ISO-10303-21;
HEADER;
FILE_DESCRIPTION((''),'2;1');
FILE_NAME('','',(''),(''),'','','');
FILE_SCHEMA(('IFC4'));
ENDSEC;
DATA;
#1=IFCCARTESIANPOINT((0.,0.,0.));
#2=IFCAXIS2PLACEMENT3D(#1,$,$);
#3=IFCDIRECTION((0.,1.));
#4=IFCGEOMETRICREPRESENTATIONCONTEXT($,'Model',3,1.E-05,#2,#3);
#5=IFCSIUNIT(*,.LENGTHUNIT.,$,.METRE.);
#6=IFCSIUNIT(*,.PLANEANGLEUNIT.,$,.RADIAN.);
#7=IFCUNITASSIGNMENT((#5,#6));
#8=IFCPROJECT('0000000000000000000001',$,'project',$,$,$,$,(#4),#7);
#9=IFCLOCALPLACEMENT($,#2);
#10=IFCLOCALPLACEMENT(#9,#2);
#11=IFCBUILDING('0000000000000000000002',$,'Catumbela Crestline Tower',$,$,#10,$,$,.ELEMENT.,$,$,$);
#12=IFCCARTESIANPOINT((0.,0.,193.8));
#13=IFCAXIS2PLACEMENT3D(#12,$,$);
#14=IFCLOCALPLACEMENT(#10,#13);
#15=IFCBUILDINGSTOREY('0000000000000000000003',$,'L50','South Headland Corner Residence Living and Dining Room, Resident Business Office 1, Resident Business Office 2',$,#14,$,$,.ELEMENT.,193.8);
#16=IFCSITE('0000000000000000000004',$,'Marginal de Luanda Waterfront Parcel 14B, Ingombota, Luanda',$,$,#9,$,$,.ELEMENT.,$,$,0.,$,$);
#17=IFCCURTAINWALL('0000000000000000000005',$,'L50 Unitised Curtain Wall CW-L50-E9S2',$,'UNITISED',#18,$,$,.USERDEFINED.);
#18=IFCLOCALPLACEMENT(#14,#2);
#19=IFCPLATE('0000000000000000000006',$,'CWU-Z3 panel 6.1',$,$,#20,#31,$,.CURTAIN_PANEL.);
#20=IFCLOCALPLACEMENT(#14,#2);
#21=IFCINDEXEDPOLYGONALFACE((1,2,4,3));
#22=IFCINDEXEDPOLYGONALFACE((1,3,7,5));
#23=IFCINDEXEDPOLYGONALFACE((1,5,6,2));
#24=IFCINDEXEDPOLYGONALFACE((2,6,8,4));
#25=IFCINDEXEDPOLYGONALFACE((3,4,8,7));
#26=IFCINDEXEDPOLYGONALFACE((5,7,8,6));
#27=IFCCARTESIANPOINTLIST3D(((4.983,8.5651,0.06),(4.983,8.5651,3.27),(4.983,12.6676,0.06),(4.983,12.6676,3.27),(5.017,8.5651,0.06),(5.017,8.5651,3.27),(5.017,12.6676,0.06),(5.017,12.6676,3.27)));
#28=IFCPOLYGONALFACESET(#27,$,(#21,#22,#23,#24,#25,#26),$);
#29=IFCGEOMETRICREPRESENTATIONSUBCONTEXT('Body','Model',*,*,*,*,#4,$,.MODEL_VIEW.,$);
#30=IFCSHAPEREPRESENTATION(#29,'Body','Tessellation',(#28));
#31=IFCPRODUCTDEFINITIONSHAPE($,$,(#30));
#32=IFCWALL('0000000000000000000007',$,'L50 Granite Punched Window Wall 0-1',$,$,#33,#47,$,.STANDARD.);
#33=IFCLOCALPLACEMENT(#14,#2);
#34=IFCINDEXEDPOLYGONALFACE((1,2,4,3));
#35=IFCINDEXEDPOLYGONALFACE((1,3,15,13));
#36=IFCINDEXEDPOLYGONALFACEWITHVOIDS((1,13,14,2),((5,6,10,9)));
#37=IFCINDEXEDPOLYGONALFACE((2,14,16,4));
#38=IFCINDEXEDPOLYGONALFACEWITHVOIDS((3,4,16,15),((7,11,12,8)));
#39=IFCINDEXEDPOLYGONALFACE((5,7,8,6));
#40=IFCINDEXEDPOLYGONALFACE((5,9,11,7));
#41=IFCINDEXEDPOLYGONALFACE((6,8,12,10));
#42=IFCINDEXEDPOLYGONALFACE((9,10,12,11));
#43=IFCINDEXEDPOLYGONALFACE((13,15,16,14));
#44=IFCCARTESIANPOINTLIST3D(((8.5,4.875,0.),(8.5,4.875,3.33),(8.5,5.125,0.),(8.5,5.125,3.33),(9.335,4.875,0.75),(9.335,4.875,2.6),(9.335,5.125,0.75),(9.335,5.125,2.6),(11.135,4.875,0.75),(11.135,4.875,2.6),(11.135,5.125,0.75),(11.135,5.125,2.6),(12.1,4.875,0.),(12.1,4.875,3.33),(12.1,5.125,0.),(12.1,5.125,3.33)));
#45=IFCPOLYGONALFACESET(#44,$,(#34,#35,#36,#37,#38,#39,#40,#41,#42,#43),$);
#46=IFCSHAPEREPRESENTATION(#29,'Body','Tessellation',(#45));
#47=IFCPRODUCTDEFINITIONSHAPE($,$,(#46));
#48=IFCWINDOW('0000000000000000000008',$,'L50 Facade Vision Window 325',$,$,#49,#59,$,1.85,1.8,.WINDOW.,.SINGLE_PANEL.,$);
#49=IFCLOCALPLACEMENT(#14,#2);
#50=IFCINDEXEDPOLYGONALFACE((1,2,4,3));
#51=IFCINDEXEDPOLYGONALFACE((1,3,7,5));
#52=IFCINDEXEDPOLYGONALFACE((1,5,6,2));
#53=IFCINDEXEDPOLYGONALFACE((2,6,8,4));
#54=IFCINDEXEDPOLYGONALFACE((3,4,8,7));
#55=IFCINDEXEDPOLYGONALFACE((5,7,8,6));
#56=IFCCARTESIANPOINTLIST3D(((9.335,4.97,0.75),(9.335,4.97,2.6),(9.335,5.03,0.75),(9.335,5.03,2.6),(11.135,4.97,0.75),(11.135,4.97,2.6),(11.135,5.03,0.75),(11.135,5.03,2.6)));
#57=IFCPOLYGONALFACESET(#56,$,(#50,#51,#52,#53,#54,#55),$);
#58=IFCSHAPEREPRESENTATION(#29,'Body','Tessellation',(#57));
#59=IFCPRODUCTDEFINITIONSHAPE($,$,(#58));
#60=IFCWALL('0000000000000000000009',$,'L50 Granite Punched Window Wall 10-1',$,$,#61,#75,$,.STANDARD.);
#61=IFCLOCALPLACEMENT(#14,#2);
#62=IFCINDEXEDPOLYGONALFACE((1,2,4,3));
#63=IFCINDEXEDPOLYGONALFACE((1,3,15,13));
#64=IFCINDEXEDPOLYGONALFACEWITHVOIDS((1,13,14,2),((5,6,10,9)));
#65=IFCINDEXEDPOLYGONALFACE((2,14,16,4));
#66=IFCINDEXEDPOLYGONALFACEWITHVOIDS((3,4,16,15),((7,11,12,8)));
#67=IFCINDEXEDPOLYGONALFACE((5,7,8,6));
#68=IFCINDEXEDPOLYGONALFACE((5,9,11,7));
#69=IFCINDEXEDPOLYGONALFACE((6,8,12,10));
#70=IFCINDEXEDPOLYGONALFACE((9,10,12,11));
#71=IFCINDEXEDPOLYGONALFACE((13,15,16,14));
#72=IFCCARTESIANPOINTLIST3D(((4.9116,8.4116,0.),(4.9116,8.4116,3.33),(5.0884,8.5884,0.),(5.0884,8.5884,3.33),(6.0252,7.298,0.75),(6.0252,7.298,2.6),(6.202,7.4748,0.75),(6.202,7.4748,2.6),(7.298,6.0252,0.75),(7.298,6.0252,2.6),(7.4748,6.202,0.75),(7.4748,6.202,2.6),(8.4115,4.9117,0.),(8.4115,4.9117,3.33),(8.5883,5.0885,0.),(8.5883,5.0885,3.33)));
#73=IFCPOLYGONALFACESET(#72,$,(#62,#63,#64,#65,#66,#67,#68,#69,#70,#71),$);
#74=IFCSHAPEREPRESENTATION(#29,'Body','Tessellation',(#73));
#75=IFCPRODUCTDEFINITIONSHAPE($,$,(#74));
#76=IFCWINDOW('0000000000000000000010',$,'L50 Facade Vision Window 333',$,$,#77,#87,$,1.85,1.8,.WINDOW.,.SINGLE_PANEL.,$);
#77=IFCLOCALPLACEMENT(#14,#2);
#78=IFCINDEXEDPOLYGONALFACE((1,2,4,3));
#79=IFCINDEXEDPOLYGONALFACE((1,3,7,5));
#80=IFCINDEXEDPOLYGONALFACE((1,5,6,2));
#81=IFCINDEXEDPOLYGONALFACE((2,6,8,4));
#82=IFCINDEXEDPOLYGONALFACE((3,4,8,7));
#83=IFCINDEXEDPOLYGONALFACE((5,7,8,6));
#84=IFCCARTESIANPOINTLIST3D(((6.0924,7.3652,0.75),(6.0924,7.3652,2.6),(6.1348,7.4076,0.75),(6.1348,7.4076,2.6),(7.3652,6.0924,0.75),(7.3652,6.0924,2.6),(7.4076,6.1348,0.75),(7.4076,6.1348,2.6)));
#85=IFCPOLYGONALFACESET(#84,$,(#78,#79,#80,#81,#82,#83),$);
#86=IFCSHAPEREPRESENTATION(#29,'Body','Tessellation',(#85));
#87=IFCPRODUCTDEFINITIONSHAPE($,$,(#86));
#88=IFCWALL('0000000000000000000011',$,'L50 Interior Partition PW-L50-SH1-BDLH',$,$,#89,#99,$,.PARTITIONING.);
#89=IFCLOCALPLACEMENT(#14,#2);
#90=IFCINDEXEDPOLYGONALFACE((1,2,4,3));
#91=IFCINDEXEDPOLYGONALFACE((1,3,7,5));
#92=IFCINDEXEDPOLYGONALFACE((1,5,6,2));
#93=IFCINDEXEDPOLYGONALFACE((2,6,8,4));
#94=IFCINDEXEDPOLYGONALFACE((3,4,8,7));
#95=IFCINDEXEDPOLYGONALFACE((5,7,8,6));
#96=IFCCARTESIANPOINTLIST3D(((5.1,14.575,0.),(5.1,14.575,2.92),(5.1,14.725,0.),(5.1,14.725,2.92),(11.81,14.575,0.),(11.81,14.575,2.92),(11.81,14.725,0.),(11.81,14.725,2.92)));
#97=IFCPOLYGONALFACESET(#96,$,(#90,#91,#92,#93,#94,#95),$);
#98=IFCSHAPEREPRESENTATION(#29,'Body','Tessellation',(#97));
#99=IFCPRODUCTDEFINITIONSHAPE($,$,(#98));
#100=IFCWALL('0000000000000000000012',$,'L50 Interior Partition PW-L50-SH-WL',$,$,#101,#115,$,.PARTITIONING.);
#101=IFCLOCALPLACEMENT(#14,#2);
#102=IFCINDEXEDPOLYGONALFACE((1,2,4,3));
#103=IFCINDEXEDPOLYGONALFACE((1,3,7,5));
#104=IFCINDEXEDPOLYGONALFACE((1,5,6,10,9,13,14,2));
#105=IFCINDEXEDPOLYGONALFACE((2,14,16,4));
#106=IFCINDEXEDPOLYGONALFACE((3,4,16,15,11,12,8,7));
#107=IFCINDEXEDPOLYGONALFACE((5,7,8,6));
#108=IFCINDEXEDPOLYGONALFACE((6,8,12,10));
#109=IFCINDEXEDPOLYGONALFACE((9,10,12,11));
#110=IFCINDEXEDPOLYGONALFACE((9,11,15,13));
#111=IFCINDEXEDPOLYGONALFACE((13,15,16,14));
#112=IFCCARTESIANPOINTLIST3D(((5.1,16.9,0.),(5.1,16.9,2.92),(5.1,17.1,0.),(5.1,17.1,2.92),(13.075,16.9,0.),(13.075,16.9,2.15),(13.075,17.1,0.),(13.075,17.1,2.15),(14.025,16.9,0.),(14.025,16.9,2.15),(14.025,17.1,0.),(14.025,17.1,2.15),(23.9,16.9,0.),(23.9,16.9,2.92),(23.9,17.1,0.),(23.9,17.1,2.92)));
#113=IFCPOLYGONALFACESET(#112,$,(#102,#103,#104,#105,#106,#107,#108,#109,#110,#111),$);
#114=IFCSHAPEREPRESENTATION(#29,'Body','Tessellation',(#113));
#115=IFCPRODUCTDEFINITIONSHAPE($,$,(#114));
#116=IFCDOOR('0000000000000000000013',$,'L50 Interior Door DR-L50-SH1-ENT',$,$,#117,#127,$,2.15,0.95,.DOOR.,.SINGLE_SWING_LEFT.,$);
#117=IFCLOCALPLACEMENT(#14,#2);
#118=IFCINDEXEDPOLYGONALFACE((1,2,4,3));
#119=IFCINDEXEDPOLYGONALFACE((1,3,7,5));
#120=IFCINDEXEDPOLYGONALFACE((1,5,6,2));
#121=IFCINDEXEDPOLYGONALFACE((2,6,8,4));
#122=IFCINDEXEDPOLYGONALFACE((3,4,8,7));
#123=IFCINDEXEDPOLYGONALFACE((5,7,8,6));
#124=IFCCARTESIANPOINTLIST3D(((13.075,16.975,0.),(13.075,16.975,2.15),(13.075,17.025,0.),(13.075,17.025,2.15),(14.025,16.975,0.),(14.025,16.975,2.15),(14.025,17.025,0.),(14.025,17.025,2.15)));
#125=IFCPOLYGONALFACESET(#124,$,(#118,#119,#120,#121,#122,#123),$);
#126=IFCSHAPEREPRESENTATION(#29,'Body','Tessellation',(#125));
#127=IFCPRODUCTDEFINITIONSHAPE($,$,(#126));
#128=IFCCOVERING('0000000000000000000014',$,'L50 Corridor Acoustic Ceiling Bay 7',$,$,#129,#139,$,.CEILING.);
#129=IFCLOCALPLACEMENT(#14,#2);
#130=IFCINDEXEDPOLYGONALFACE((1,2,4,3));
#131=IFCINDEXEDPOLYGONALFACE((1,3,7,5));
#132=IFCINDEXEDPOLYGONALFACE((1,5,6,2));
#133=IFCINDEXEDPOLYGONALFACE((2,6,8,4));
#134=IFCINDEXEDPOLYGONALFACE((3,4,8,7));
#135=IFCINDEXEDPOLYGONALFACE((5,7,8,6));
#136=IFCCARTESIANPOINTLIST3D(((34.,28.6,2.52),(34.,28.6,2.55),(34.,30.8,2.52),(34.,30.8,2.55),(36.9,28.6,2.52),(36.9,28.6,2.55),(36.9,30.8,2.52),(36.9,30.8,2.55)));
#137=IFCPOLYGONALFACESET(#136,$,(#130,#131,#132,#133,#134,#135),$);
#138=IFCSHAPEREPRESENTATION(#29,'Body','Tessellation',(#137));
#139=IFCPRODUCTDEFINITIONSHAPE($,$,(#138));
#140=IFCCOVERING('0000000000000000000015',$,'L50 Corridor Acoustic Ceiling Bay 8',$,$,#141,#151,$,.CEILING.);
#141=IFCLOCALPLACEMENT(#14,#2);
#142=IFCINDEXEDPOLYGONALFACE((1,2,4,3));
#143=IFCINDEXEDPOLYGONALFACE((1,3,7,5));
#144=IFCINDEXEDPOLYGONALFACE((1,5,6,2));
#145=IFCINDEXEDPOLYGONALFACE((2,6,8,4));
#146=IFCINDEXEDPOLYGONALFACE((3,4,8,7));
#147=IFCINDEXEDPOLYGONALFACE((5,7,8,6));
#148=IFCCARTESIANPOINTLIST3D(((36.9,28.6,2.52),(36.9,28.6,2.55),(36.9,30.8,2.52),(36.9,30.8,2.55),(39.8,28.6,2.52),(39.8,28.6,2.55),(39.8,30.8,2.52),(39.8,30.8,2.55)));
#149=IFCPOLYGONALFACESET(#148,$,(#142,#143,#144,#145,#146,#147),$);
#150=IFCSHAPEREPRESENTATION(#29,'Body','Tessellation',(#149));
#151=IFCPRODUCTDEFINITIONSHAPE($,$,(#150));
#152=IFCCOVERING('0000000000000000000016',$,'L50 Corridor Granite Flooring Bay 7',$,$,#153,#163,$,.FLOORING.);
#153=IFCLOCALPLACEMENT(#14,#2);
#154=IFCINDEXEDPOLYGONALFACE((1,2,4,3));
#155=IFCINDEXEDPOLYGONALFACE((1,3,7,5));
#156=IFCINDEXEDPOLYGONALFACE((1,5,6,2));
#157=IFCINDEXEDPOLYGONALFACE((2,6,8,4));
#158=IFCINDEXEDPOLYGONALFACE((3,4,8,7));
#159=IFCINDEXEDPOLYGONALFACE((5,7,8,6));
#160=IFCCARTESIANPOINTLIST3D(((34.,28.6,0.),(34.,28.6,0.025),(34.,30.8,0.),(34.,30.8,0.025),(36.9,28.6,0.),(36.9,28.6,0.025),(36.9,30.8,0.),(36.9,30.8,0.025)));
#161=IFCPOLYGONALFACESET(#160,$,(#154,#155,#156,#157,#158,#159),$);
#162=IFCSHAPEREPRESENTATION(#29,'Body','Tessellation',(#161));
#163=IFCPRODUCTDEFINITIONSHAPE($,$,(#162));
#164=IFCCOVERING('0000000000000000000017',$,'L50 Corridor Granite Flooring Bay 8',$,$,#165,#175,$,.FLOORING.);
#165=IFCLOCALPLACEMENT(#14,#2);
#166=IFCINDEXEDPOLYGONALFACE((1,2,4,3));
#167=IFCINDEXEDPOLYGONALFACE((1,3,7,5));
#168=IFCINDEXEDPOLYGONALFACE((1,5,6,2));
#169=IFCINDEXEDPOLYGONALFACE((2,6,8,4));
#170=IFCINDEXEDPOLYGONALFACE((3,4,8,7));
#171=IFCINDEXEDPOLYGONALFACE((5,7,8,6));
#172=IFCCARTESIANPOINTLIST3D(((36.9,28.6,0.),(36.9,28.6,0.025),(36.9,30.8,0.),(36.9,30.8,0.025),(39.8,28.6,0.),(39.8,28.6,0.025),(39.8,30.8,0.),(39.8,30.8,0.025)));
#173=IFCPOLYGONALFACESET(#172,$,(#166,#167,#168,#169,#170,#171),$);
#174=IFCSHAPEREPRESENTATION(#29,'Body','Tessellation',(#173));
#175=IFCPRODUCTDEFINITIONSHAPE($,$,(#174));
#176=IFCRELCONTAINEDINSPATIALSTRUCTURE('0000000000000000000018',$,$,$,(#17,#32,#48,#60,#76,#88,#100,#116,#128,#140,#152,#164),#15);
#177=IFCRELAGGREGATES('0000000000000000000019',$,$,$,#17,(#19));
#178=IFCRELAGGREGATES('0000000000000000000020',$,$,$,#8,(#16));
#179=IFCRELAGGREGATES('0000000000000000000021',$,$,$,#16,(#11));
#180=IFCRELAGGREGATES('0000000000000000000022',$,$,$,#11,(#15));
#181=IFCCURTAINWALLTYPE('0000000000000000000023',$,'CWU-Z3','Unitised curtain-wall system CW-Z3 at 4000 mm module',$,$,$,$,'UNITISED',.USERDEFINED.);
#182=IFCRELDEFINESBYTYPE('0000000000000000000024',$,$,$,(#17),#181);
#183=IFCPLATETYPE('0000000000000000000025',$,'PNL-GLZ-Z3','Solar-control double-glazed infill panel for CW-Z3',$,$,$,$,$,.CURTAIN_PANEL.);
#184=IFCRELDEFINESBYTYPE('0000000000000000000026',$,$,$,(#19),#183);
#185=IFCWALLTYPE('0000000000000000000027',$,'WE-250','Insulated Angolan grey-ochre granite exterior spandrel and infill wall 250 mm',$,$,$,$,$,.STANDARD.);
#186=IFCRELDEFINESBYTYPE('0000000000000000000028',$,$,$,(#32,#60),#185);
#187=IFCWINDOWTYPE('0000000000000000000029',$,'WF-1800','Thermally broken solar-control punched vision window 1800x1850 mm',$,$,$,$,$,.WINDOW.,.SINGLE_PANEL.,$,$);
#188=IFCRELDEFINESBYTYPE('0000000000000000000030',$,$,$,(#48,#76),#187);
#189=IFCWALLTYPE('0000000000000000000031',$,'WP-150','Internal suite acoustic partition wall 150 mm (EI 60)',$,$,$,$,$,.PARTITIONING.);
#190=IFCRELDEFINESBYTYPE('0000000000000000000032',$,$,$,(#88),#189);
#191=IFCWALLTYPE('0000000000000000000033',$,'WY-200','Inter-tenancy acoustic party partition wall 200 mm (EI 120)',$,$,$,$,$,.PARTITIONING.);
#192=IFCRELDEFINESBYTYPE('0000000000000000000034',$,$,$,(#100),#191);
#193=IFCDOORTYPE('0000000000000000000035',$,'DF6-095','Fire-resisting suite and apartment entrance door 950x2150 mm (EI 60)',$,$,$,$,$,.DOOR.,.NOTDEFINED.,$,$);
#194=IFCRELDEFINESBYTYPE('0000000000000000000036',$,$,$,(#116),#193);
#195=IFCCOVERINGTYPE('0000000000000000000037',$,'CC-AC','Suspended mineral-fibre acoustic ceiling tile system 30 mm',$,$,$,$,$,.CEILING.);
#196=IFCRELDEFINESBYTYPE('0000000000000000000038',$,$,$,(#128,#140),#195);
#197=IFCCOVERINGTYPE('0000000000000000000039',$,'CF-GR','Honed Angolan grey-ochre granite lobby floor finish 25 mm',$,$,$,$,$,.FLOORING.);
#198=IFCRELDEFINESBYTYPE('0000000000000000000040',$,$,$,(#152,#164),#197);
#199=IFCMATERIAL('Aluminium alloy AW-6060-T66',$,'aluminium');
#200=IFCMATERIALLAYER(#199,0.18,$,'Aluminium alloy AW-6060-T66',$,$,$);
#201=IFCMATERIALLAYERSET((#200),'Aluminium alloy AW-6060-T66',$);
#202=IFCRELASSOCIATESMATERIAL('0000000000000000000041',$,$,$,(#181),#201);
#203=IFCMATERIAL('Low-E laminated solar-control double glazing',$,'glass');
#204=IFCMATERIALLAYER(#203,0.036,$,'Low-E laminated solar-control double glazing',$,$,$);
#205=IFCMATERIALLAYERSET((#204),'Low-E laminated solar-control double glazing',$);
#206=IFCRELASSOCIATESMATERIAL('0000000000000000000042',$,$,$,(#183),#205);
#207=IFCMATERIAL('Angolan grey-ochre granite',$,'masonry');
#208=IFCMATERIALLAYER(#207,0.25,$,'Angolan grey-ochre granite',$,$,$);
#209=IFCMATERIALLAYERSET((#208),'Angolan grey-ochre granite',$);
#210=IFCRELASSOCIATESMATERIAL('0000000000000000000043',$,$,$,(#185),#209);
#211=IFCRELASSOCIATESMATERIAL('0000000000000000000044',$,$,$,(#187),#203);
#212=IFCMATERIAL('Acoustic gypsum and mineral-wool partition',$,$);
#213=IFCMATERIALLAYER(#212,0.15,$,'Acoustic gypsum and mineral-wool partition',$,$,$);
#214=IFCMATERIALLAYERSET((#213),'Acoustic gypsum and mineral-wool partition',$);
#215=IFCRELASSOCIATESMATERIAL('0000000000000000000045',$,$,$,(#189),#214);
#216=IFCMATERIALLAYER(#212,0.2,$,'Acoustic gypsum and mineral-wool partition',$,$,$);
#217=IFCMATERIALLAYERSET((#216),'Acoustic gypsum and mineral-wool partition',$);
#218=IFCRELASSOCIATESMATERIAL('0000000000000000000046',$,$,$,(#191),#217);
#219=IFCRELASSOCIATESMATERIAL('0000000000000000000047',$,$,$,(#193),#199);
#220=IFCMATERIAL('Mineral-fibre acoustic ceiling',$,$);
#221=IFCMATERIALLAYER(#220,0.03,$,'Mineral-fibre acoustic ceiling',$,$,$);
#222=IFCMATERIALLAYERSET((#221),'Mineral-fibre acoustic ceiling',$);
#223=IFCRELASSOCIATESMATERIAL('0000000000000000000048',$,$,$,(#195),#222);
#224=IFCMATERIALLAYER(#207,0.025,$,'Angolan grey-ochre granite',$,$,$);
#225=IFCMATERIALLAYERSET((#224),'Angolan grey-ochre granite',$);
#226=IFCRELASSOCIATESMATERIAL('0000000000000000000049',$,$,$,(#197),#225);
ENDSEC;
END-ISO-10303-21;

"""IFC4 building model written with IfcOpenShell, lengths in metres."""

from ifc_helpers import new_model, si_unit, direction, frame, frame_2d, origin, origin_2d, place, context, subcontext, project, spatial, polyline, rectangle, outline, extrude, material, layer, layer_set, type_object, element, fill, aggregate, save


model = new_model("IFC4")

# Units and contexts
model_context = context("Model", 3, precision=1e-05, world=origin(), true_north=direction((0.0, 1.0)))
body_context = subcontext(model_context, "Body", "Model", "MODEL_VIEW")
ifc_project = project(units=[si_unit("LENGTHUNIT", "METRE"), si_unit("PLANEANGLEUNIT", "RADIAN")], contexts=[model_context])

# Site, building, storey
site_placement = place(None, origin())
site = spatial("IfcSite", under=ifc_project, at=site_placement, Name="Marginal de Luanda Waterfront Parcel 14B, Ingombota, Luanda", CompositionType="ELEMENT", RefElevation=0.0)
building_placement = place(site_placement, origin())
building = spatial("IfcBuilding", under=site, at=building_placement, Name="Catumbela Crestline Tower", CompositionType="ELEMENT")
storey_placement = place(building_placement, frame((0.0, 0.0, 193.8)))
storey = spatial("IfcBuildingStorey", under=building, at=storey_placement, Name="L50", Description="South Headland Corner Residence Living and Dining Room, Resident Business Office 1, Resident Business Office 2", CompositionType="ELEMENT", Elevation=193.8)

# Curtain wall, plate
ifc_material_1 = material(Name="Aluminium alloy AW-6060-T66", Category="aluminium")
ifc_layer_1 = layer(ifc_material_1, 0.18, Name="Aluminium alloy AW-6060-T66")
ifc_layer_set_1 = layer_set([ifc_layer_1], Name="Aluminium alloy AW-6060-T66")
curtain_wall_type = type_object("IfcCurtainWallType", Name="CWU-Z3", Description="Unitised curtain-wall system CW-Z3 at 4000 mm module", ElementType="UNITISED", PredefinedType="USERDEFINED", material=ifc_layer_set_1)
curtain_wall_placement = place(storey_placement, origin())
curtain_wall = element("IfcCurtainWall", 1, at=curtain_wall_placement, inside=storey, type_object=curtain_wall_type, Name="L50 Unitised Curtain Wall CW-L50-E9S2", ObjectType="UNITISED", PredefinedType="USERDEFINED")
ifc_material_2 = material(Name="Low-E laminated solar-control double glazing", Category="glass")
ifc_layer_2 = layer(ifc_material_2, 0.036, Name="Low-E laminated solar-control double glazing")
ifc_layer_set_2 = layer_set([ifc_layer_2], Name="Low-E laminated solar-control double glazing")
plate_type = type_object("IfcPlateType", Name="PNL-GLZ-Z3", Description="Solar-control double-glazed infill panel for CW-Z3", PredefinedType="CURTAIN_PANEL", material=ifc_layer_set_2)
plate_1_placement = place(storey_placement, frame((5.0, 10.6163, 0.06), z_axis=(0.0, 0.0, 1.0), x_axis=(0.0, -1.0, 0.0)))
plate_1 = element("IfcPlate", 2, at=plate_1_placement, type_object=plate_type, Name="CWU-Z3 panel 6.1", PredefinedType="CURTAIN_PANEL", context=body_context, shape_type="SweptSolid", body=[
    extrude(rectangle(XDim=4.1025, YDim=0.034, at=origin_2d()), origin(), (0.0, 0.0, 1.0), 3.21),
])
aggregate(curtain_wall, [plate_1])

# Walls, openings, windows
ifc_material_3 = material(Name="Angolan grey-ochre granite", Category="masonry")
ifc_layer_3 = layer(ifc_material_3, 0.25, Name="Angolan grey-ochre granite")
ifc_layer_set_3 = layer_set([ifc_layer_3], Name="Angolan grey-ochre granite")
wall_type_1 = type_object("IfcWallType", Name="WE-250", Description="Insulated Angolan grey-ochre granite exterior spandrel and infill wall 250 mm", PredefinedType="STANDARD", material=ifc_layer_set_3)
wall_1_placement = place(storey_placement, frame((8.5, 5.0, 0.0), z_axis=(0.0, 0.0, 1.0), x_axis=(1.0, 0.0, 0.0)))
wall_1 = element("IfcWall", 3, at=wall_1_placement, inside=storey, type_object=wall_type_1, Name="L50 Granite Punched Window Wall 0-1", PredefinedType="STANDARD", context=body_context, shape_type="SweptSolid", body=[
    extrude(rectangle(XDim=3.6, YDim=0.25, at=frame_2d((1.8, 0.0))), origin(), (0.0, 0.0, 1.0), 3.33),
])
opening_1_placement = place(wall_1_placement, frame((0.835, 0.0, 0.75)))
opening_1 = element("IfcOpeningElement", 4, at=opening_1_placement, cuts=wall_1, PredefinedType="OPENING", context=body_context, shape_type="SweptSolid", body=[
    extrude(rectangle(XDim=1.8, YDim=1.85, at=frame_2d((0.9, 0.925))), frame((0.0, 0.135, 0.0), z_axis=(0.0, -1.0, 0.0), x_axis=(1.0, 0.0, 0.0)), (0.0, 0.0, 1.0), 0.27),
])
window_type = type_object("IfcWindowType", Name="WF-1800", Description="Thermally broken solar-control punched vision window 1800x1850 mm", PartitioningType="SINGLE_PANEL", PredefinedType="WINDOW", material=ifc_material_2)
window_1_placement = place(opening_1_placement, origin())
window_1 = element("IfcWindow", 5, at=window_1_placement, inside=storey, type_object=window_type, Name="L50 Facade Vision Window 325", OverallHeight=1.85, OverallWidth=1.8, PartitioningType="SINGLE_PANEL", PredefinedType="WINDOW", context=body_context, shape_type="SweptSolid", body=[
    extrude(rectangle(XDim=1.8, YDim=1.85, at=frame_2d((0.9, 0.925))), frame((0.0, 0.03, 0.0), z_axis=(0.0, -1.0, 0.0), x_axis=(1.0, 0.0, 0.0)), (0.0, 0.0, 1.0), 0.06),
])
fill(opening_1, window_1)
wall_2_placement = place(storey_placement, frame((5.0, 8.5, 0.0), z_axis=(0.0, 0.0, 1.0), x_axis=(0.707107, -0.707107, 0.0)))
wall_2 = element("IfcWall", 6, at=wall_2_placement, inside=storey, type_object=wall_type_1, Name="L50 Granite Punched Window Wall 10-1", PredefinedType="STANDARD", context=body_context, shape_type="SweptSolid", body=[
    extrude(rectangle(XDim=4.9497, YDim=0.25, at=frame_2d((2.4748, 0.0))), origin(), (0.0, 0.0, 1.0), 3.33),
])
opening_2_placement = place(wall_2_placement, frame((1.5749, 0.0, 0.75)))
opening_2 = element("IfcOpeningElement", 7, at=opening_2_placement, cuts=wall_2, PredefinedType="OPENING", context=body_context, shape_type="SweptSolid", body=[
    extrude(rectangle(XDim=1.8, YDim=1.85, at=frame_2d((0.9, 0.925))), frame((0.0, 0.135, 0.0), z_axis=(0.0, -1.0, 0.0), x_axis=(1.0, 0.0, 0.0)), (0.0, 0.0, 1.0), 0.27),
])
window_2_placement = place(opening_2_placement, origin())
window_2 = element("IfcWindow", 8, at=window_2_placement, inside=storey, type_object=window_type, Name="L50 Facade Vision Window 333", OverallHeight=1.85, OverallWidth=1.8, PartitioningType="SINGLE_PANEL", PredefinedType="WINDOW", context=body_context, shape_type="SweptSolid", body=[
    extrude(rectangle(XDim=1.8, YDim=1.85, at=frame_2d((0.9, 0.925))), frame((0.0, 0.03, 0.0), z_axis=(0.0, -1.0, 0.0), x_axis=(1.0, 0.0, 0.0)), (0.0, 0.0, 1.0), 0.06),
])
fill(opening_2, window_2)

# Wall
ifc_material_4 = material(Name="Acoustic gypsum and mineral-wool partition")
ifc_layer_4 = layer(ifc_material_4, 0.15, Name="Acoustic gypsum and mineral-wool partition")
ifc_layer_set_4 = layer_set([ifc_layer_4], Name="Acoustic gypsum and mineral-wool partition")
wall_type_2 = type_object("IfcWallType", Name="WP-150", Description="Internal suite acoustic partition wall 150 mm (EI 60)", PredefinedType="PARTITIONING", material=ifc_layer_set_4)
wall_3_placement = place(storey_placement, frame((5.1, 14.65, 0.0), z_axis=(0.0, 0.0, 1.0), x_axis=(1.0, 0.0, 0.0)))
element("IfcWall", 9, at=wall_3_placement, inside=storey, type_object=wall_type_2, Name="L50 Interior Partition PW-L50-SH1-BDLH", PredefinedType="PARTITIONING", context=body_context, shape_type="SweptSolid", body=[
    extrude(rectangle(XDim=6.71, YDim=0.15, at=frame_2d((3.355, 0.0))), origin(), (0.0, 0.0, 1.0), 2.92),
])

# Wall, opening, door
ifc_layer_5 = layer(ifc_material_4, 0.2, Name="Acoustic gypsum and mineral-wool partition")
ifc_layer_set_5 = layer_set([ifc_layer_5], Name="Acoustic gypsum and mineral-wool partition")
wall_type_3 = type_object("IfcWallType", Name="WY-200", Description="Inter-tenancy acoustic party partition wall 200 mm (EI 120)", PredefinedType="PARTITIONING", material=ifc_layer_set_5)
wall_4_placement = place(storey_placement, frame((5.1, 17.0, 0.0), z_axis=(0.0, 0.0, 1.0), x_axis=(1.0, 0.0, 0.0)))
wall_4 = element("IfcWall", 10, at=wall_4_placement, inside=storey, type_object=wall_type_3, Name="L50 Interior Partition PW-L50-SH-WL", PredefinedType="PARTITIONING", context=body_context, shape_type="SweptSolid", body=[
    extrude(rectangle(XDim=18.8, YDim=0.2, at=frame_2d((9.4, 0.0))), origin(), (0.0, 0.0, 1.0), 2.92),
])
opening_3_placement = place(wall_4_placement, frame((7.975, 0.0, 0.0)))
opening_3 = element("IfcOpeningElement", 11, at=opening_3_placement, cuts=wall_4, PredefinedType="OPENING", context=body_context, shape_type="SweptSolid", body=[
    extrude(rectangle(XDim=0.95, YDim=2.15, at=frame_2d((0.475, 1.075))), frame((0.0, 0.11, 0.0), z_axis=(0.0, -1.0, 0.0), x_axis=(1.0, 0.0, 0.0)), (0.0, 0.0, 1.0), 0.22),
])
door_type = type_object("IfcDoorType", Name="DF6-095", Description="Fire-resisting suite and apartment entrance door 950x2150 mm (EI 60)", OperationType="NOTDEFINED", PredefinedType="DOOR", material=ifc_material_1)
door_placement = place(opening_3_placement, origin())
door = element("IfcDoor", 12, at=door_placement, inside=storey, type_object=door_type, Name="L50 Interior Door DR-L50-SH1-ENT", OperationType="SINGLE_SWING_LEFT", OverallHeight=2.15, OverallWidth=0.95, PredefinedType="DOOR", context=body_context, shape_type="SweptSolid", body=[
    extrude(rectangle(XDim=0.95, YDim=2.15, at=frame_2d((0.475, 1.075))), frame((0.0, 0.025, 0.0), z_axis=(0.0, -1.0, 0.0), x_axis=(1.0, 0.0, 0.0)), (0.0, 0.0, 1.0), 0.05),
])
fill(opening_3, door)

# Coverings
ifc_material_5 = material(Name="Mineral-fibre acoustic ceiling")
ifc_layer_6 = layer(ifc_material_5, 0.03, Name="Mineral-fibre acoustic ceiling")
ifc_layer_set_6 = layer_set([ifc_layer_6], Name="Mineral-fibre acoustic ceiling")
covering_type_1 = type_object("IfcCoveringType", Name="CC-AC", Description="Suspended mineral-fibre acoustic ceiling tile system 30 mm", PredefinedType="CEILING", material=ifc_layer_set_6)
covering_1_placement = place(storey_placement, frame((0.0, 0.0, 2.52)))
element("IfcCovering", 13, at=covering_1_placement, inside=storey, type_object=covering_type_1, Name="L50 Corridor Acoustic Ceiling Bay 7", PredefinedType="CEILING", context=body_context, shape_type="SweptSolid", body=[
    extrude(outline(polyline([(34.0, 28.6), (36.9, 28.6), (36.9, 30.8), (34.0, 30.8), (34.0, 28.6)])), origin(), (0.0, 0.0, 1.0), 0.03),
])
covering_2_placement = place(storey_placement, frame((0.0, 0.0, 2.52)))
element("IfcCovering", 14, at=covering_2_placement, inside=storey, type_object=covering_type_1, Name="L50 Corridor Acoustic Ceiling Bay 8", PredefinedType="CEILING", context=body_context, shape_type="SweptSolid", body=[
    extrude(outline(polyline([(36.9, 28.6), (39.8, 28.6), (39.8, 30.8), (36.9, 30.8), (36.9, 28.6)])), origin(), (0.0, 0.0, 1.0), 0.03),
])
ifc_layer_7 = layer(ifc_material_3, 0.025, Name="Angolan grey-ochre granite")
ifc_layer_set_7 = layer_set([ifc_layer_7], Name="Angolan grey-ochre granite")
covering_type_2 = type_object("IfcCoveringType", Name="CF-GR", Description="Honed Angolan grey-ochre granite lobby floor finish 25 mm", PredefinedType="FLOORING", material=ifc_layer_set_7)
covering_3_placement = place(storey_placement, origin())
element("IfcCovering", 15, at=covering_3_placement, inside=storey, type_object=covering_type_2, Name="L50 Corridor Granite Flooring Bay 7", PredefinedType="FLOORING", context=body_context, shape_type="SweptSolid", body=[
    extrude(outline(polyline([(34.0, 28.6), (36.9, 28.6), (36.9, 30.8), (34.0, 30.8), (34.0, 28.6)])), origin(), (0.0, 0.0, 1.0), 0.025),
])
covering_4_placement = place(storey_placement, origin())
element("IfcCovering", 16, at=covering_4_placement, inside=storey, type_object=covering_type_2, Name="L50 Corridor Granite Flooring Bay 8", PredefinedType="FLOORING", context=body_context, shape_type="SweptSolid", body=[
    extrude(outline(polyline([(36.9, 28.6), (39.8, 28.6), (39.8, 30.8), (36.9, 30.8), (36.9, 28.6)])), origin(), (0.0, 0.0, 1.0), 0.025),
])

save(model, "model.ifc")
